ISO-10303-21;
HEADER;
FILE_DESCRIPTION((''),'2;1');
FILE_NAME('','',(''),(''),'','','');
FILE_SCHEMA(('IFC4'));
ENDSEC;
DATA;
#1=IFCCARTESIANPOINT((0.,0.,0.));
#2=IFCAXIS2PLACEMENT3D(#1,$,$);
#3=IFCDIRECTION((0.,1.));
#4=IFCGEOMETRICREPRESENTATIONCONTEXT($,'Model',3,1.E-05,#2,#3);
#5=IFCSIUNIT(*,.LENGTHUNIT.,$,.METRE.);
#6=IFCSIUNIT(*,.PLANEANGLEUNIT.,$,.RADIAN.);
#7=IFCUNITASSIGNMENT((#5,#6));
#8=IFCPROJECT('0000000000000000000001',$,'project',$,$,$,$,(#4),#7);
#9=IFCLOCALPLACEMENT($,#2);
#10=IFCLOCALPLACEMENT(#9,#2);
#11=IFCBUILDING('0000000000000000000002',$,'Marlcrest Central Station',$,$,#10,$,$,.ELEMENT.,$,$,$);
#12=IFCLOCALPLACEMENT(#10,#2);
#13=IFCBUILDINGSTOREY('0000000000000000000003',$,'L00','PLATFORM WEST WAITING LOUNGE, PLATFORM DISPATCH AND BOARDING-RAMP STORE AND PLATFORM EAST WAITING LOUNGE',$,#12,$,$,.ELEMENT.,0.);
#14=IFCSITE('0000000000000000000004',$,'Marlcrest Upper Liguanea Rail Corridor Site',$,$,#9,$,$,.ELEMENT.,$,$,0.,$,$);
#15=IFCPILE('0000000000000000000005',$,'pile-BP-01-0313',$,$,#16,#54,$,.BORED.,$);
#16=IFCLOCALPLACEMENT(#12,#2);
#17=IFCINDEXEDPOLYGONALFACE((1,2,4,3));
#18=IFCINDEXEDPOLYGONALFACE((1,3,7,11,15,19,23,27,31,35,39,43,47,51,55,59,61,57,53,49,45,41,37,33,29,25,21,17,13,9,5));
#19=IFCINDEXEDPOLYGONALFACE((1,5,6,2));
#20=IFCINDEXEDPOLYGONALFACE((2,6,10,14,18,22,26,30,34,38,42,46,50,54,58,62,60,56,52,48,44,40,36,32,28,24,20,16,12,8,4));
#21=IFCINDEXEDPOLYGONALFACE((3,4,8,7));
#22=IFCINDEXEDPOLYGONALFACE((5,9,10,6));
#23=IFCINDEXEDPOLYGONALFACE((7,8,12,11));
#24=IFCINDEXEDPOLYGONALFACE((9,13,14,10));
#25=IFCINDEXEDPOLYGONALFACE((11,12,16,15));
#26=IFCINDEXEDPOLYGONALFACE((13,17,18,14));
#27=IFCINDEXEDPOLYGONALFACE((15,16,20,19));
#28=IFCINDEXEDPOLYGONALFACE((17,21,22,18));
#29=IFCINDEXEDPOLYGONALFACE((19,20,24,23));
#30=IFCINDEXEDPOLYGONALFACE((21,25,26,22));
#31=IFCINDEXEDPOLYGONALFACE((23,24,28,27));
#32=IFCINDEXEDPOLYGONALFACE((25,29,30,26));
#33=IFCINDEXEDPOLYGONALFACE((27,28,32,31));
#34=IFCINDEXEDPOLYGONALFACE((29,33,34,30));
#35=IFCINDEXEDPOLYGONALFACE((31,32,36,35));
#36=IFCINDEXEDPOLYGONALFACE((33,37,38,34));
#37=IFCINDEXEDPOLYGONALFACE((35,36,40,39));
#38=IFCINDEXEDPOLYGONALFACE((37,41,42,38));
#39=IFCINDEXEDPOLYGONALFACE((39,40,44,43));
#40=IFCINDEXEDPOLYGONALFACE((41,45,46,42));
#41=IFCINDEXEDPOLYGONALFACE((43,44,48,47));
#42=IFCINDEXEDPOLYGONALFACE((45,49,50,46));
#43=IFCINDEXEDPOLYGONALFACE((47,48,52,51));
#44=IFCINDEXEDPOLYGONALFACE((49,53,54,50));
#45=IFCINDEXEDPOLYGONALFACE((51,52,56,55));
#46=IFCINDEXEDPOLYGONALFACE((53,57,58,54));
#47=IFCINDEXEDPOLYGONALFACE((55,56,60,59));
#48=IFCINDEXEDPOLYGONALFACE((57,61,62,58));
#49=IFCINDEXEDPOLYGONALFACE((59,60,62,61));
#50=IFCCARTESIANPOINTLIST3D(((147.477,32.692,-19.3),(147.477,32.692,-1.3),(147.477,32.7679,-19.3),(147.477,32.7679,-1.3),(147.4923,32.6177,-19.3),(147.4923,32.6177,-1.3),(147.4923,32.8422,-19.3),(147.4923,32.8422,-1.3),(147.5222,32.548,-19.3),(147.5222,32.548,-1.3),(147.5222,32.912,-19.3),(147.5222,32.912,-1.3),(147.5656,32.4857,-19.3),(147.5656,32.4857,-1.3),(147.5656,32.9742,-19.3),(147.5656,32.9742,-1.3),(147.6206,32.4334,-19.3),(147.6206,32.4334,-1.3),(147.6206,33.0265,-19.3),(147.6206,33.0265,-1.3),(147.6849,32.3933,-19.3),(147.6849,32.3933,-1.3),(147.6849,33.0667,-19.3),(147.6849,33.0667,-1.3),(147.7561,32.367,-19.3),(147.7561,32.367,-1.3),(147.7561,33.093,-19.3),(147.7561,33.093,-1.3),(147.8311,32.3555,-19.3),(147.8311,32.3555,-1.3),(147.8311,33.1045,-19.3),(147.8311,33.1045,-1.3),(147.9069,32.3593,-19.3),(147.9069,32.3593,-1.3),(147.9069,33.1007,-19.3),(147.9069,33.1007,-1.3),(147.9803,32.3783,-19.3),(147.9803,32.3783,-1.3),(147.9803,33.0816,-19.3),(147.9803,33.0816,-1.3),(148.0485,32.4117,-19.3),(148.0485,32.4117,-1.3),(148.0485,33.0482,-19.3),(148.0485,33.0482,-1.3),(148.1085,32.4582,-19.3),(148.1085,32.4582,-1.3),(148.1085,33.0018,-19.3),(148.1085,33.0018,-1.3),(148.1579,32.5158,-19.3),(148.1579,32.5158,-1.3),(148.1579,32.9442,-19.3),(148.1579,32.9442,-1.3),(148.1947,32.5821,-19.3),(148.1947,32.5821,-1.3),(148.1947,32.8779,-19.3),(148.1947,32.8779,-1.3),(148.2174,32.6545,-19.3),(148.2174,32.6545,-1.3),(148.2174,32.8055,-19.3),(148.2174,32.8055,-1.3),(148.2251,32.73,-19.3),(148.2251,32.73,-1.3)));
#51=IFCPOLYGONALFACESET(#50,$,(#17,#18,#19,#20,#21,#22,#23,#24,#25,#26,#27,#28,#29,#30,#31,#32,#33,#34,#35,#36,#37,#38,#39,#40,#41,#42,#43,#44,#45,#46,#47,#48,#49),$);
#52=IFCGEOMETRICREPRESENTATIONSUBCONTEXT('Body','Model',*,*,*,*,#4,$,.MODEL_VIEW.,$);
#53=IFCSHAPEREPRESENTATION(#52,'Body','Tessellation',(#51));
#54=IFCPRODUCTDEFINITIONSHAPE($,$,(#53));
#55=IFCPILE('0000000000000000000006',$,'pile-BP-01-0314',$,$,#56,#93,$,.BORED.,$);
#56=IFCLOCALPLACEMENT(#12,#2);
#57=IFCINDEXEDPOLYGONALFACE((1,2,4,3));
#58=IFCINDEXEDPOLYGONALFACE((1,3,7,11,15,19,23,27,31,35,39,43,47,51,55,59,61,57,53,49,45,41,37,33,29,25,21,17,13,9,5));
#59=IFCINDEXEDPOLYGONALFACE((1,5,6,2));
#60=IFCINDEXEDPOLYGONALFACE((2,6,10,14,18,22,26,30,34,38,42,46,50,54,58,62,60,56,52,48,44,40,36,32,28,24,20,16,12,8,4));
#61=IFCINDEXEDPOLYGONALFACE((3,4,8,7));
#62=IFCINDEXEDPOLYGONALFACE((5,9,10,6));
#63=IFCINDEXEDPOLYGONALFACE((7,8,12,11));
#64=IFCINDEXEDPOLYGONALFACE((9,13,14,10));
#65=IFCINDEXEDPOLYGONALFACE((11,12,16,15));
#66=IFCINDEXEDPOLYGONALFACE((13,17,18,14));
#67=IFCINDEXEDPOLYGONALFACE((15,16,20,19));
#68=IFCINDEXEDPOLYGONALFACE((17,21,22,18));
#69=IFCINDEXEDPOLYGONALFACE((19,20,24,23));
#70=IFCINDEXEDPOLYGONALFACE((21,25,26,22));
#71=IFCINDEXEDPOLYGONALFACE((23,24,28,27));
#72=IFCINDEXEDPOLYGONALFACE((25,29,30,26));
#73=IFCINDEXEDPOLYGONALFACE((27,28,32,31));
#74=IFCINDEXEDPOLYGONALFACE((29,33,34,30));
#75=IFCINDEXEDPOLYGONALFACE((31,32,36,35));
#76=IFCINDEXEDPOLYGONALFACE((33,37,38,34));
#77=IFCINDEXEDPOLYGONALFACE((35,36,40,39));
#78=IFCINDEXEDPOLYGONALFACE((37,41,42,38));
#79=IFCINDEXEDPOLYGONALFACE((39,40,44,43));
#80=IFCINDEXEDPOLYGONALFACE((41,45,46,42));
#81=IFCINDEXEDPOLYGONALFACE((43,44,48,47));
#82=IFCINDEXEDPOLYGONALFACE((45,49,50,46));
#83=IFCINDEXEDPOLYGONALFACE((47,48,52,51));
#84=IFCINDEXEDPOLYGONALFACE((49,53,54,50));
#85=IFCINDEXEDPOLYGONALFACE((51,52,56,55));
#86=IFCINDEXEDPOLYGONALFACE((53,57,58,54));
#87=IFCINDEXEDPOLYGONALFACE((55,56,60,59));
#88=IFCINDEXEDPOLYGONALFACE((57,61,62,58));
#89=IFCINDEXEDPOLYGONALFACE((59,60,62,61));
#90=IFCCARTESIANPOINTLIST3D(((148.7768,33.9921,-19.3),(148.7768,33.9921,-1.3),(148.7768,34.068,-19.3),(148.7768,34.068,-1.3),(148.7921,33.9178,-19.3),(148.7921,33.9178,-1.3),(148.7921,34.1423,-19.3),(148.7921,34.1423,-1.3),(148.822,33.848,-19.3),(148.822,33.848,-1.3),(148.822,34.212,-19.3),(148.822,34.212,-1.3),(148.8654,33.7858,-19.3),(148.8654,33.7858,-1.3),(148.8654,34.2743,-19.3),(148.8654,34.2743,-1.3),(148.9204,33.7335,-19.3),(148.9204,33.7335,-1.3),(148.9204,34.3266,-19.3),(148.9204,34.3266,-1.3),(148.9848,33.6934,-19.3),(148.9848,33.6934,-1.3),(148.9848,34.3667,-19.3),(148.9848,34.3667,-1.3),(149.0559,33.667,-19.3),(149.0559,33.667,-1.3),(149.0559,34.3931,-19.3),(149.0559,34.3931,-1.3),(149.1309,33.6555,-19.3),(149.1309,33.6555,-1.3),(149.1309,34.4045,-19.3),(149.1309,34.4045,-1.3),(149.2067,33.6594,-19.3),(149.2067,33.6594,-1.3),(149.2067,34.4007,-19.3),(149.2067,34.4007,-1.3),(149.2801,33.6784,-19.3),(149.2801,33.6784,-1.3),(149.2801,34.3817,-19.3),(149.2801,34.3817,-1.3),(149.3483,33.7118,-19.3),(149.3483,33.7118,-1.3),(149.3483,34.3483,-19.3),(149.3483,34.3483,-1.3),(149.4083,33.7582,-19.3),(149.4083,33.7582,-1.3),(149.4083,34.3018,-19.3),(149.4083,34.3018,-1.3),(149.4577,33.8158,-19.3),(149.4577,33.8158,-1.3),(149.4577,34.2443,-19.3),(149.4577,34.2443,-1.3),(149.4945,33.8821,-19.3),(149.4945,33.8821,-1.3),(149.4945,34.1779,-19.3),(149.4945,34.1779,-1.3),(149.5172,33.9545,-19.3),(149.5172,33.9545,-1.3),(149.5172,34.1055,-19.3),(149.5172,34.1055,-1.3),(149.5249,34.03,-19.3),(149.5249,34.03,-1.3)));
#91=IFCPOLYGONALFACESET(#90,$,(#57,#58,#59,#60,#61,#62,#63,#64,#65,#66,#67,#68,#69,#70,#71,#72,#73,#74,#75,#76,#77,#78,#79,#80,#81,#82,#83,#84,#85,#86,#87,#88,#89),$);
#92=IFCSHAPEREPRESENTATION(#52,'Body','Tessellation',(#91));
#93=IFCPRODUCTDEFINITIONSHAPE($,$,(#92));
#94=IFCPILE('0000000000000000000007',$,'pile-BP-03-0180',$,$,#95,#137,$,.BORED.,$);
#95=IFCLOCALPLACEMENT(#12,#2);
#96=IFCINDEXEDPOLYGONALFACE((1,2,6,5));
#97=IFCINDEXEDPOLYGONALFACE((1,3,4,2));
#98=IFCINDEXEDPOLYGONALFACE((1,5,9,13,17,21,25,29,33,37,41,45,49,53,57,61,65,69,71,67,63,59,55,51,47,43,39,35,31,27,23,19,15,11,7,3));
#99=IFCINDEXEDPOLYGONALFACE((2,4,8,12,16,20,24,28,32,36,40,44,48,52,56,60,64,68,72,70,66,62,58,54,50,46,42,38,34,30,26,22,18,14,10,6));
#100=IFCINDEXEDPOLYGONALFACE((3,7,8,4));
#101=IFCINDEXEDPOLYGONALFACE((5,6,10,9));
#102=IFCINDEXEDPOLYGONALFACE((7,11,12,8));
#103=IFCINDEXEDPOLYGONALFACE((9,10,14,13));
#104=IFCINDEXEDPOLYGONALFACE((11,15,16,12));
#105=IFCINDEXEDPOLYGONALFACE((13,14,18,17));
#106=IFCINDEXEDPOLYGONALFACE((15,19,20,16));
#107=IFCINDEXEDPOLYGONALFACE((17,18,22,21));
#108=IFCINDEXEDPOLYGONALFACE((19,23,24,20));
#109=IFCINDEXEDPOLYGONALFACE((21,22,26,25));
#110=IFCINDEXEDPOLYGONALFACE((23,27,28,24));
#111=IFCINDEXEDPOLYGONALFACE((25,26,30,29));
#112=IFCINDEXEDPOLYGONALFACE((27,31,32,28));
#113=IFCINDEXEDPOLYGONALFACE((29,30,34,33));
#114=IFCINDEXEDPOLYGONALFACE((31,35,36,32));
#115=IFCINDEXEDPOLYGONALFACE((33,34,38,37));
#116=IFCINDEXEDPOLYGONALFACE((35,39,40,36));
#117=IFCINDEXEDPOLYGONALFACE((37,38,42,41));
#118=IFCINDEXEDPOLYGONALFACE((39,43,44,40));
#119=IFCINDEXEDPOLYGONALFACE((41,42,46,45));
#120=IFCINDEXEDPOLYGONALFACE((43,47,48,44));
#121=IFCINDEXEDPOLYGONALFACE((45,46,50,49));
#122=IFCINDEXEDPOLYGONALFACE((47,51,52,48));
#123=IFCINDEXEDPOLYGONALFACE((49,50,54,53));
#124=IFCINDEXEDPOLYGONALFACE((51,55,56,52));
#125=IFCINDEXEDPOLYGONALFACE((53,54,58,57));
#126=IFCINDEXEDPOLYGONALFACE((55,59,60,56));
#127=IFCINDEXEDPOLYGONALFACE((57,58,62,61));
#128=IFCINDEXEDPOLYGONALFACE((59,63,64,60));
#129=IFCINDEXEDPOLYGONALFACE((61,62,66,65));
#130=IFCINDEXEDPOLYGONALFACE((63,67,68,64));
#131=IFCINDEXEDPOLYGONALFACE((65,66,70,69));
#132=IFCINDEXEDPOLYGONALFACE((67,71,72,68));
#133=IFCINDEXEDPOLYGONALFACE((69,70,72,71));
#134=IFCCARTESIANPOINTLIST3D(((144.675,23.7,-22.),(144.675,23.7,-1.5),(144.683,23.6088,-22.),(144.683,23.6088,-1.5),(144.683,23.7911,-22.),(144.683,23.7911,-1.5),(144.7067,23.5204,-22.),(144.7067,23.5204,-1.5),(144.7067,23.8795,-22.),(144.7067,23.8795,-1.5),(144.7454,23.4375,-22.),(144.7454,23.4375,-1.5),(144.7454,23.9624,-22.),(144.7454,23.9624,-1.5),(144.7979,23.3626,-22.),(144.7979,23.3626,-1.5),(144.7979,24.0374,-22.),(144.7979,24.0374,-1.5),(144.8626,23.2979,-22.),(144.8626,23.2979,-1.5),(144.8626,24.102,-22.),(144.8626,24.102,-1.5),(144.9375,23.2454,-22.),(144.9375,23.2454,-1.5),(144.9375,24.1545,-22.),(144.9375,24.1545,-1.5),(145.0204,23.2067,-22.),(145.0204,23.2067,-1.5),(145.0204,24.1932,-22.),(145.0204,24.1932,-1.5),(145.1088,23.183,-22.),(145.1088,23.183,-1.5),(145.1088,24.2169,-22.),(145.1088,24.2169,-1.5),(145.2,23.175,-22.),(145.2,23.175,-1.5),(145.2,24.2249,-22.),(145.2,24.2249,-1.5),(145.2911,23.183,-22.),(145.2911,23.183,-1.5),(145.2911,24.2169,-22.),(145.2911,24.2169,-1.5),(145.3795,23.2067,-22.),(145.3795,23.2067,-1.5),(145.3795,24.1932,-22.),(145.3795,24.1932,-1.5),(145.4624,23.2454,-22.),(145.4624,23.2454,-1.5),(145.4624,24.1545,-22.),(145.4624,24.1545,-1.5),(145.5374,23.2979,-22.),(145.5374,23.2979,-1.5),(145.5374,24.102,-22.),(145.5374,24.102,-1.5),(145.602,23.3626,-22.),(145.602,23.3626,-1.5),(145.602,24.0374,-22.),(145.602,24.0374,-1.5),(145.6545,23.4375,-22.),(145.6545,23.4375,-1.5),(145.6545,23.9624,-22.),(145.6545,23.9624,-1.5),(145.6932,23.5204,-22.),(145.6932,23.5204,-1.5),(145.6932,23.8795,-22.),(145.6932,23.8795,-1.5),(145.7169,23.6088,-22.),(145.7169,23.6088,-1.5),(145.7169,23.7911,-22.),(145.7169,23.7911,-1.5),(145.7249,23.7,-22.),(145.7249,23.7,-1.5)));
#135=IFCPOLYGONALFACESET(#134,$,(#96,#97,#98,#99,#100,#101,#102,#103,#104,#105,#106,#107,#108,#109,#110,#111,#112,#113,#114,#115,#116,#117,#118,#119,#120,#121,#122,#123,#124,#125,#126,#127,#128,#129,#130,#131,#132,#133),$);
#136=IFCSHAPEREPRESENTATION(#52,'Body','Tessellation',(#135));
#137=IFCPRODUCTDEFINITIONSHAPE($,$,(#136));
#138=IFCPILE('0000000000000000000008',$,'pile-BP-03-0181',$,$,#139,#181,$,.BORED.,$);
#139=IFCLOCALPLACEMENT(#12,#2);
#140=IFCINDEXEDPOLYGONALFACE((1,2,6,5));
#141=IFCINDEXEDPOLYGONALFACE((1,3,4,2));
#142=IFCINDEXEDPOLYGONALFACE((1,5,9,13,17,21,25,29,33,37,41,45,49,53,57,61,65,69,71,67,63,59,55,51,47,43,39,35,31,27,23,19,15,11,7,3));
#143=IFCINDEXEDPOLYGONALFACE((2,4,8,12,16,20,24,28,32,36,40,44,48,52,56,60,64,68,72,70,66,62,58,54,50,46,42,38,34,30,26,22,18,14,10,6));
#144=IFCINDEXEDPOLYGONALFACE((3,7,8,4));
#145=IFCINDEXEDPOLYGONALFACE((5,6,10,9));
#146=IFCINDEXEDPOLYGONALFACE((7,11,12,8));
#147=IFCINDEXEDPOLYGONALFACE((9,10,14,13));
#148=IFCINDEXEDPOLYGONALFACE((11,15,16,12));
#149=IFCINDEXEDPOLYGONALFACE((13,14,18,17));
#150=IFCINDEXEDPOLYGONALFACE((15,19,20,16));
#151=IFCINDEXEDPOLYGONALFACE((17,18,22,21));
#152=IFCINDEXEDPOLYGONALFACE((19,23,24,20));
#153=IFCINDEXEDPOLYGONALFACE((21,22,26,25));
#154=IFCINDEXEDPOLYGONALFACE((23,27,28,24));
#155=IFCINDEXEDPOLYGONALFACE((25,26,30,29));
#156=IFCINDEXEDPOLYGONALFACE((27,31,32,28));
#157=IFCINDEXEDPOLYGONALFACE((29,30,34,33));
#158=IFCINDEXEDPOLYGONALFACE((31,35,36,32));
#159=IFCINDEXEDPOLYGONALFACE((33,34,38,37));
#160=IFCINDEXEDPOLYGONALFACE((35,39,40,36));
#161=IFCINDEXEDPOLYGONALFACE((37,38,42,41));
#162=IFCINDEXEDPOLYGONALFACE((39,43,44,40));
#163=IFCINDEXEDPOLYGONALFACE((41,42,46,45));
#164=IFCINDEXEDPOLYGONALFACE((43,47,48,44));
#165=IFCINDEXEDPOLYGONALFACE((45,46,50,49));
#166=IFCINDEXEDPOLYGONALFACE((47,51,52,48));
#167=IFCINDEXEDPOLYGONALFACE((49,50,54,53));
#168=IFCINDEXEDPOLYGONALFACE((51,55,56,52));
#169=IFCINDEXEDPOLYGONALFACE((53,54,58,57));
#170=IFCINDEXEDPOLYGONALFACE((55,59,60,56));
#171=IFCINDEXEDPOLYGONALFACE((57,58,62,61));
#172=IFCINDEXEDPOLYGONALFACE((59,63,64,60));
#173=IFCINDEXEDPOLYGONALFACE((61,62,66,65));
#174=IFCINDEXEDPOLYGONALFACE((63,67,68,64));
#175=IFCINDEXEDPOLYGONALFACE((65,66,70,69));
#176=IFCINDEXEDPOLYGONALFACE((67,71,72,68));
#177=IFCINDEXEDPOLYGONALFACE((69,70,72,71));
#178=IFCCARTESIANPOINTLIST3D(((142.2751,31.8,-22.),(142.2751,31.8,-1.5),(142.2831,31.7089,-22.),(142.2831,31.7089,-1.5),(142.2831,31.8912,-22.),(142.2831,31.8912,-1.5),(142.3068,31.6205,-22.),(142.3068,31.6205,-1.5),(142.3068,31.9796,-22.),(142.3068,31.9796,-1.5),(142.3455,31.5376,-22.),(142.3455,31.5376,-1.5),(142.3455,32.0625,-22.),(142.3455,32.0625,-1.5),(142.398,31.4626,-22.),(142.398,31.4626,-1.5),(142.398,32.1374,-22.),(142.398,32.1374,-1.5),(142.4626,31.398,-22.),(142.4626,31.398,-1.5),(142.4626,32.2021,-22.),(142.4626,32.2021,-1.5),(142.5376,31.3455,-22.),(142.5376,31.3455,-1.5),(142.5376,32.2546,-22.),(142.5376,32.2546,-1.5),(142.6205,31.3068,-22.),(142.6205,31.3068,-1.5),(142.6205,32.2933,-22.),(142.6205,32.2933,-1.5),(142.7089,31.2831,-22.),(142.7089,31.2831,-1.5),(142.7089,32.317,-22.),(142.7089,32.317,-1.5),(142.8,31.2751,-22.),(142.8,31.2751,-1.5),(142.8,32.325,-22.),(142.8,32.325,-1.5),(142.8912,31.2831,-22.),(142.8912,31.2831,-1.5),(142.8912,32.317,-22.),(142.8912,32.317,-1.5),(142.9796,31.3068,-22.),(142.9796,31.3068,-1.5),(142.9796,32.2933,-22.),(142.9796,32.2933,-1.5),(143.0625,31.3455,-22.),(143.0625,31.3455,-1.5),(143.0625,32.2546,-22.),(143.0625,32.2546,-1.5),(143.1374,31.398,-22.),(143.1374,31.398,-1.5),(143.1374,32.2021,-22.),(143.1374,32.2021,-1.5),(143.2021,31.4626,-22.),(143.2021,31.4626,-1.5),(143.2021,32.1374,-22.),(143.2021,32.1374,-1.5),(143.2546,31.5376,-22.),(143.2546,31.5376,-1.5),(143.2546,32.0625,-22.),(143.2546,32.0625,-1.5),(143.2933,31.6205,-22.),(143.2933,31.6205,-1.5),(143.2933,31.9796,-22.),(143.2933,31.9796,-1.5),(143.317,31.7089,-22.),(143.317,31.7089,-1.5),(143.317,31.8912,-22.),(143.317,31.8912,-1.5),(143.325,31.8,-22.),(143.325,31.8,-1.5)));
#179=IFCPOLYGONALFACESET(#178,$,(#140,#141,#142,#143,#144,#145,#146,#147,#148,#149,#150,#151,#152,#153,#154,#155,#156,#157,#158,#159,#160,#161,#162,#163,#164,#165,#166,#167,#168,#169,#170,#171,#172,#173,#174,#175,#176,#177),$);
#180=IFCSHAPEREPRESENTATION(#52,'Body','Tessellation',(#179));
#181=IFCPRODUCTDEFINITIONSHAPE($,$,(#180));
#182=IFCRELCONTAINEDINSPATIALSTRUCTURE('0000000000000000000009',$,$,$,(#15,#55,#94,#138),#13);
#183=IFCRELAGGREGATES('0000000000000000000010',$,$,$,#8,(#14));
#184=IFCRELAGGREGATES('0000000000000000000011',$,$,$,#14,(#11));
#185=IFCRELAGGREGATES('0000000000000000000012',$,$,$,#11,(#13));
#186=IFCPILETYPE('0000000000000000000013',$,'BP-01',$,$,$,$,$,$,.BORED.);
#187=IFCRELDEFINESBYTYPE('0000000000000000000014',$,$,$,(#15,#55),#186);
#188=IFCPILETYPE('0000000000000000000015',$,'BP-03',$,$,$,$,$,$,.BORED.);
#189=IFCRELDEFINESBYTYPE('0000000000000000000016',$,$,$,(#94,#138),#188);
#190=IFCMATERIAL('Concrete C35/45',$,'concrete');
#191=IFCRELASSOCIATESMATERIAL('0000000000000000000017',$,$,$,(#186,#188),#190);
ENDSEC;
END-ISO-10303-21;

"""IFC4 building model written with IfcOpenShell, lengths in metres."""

from ifc_helpers import new_model, si_unit, direction, frame, origin, origin_2d, place, context, subcontext, project, spatial, circle, extrude, material, material_profile, profile_set, type_object, element, save


model = new_model("IFC4")

# Units and contexts
model_context = context("Model", 3, precision=1e-05, world=origin(), true_north=direction((0.0, 1.0)))
body_context = subcontext(model_context, "Body", "Model", "MODEL_VIEW")
ifc_project = project(units=[si_unit("LENGTHUNIT", "METRE"), si_unit("PLANEANGLEUNIT", "RADIAN")], contexts=[model_context])

# Site, building, storey
site_placement = place(None, origin())
site = spatial("IfcSite", under=ifc_project, at=site_placement, Name="Marlcrest Upper Liguanea Rail Corridor Site", CompositionType="ELEMENT", RefElevation=0.0)
building_placement = place(site_placement, origin())
building = spatial("IfcBuilding", under=site, at=building_placement, Name="Marlcrest Central Station", CompositionType="ELEMENT")
storey_placement = place(building_placement, origin())
storey = spatial("IfcBuildingStorey", under=building, at=storey_placement, Name="L00", Description="PLATFORM WEST WAITING LOUNGE, PLATFORM DISPATCH AND BOARDING-RAMP STORE AND PLATFORM EAST WAITING LOUNGE", CompositionType="ELEMENT", Elevation=0.0)

# Piles
ifc_material_1 = material(Name="Concrete C35/45", Category="concrete")
ifc_material_profile_1 = material_profile(ifc_material_1, circle(Radius=0.375, at=origin_2d()), Name="PILE D750")
ifc_profile_set_1 = profile_set([ifc_material_profile_1], Name="Concrete C35/45")
pile_type_1 = type_object("IfcPileType", Name="BP-01", PredefinedType="BORED", material=ifc_profile_set_1)
for number, where, z_axis, x_axis, name in (
    (1, (147.8501, 32.73, -1.3), (0.0, 0.0, -1.0), (1.0, 0.0, 0.0), "pile-BP-01-0313"),
    (2, (149.1499, 34.03, -1.3), (0.0, 0.0, -1.0), (1.0, 0.0, 0.0), "pile-BP-01-0314"),
):
    element("IfcPile", number, at=place(storey_placement, frame(where, z_axis=z_axis, x_axis=x_axis)), inside=storey, type_object=pile_type_1, Name=name, PredefinedType="BORED", context=body_context, shape_type="SweptSolid", body=[
        extrude(circle(Radius=0.375, at=origin_2d()), origin(), (0.0, 0.0, 1.0), 18.0),
    ])
ifc_material_profile_2 = material_profile(ifc_material_1, circle(Radius=0.5249, at=origin_2d()), Name="PILE D1050")
ifc_profile_set_2 = profile_set([ifc_material_profile_2], Name="Concrete C35/45")
pile_type_2 = type_object("IfcPileType", Name="BP-03", PredefinedType="BORED", material=ifc_profile_set_2)
for number, where, z_axis, x_axis, name in (
    (3, (145.2, 23.7, -1.5), (0.0, 0.0, -1.0), (1.0, 0.0, 0.0), "pile-BP-03-0180"),
    (4, (142.8, 31.8, -1.5), (0.0, 0.0, -1.0), (1.0, 0.0, 0.0), "pile-BP-03-0181"),
):
    element("IfcPile", number, at=place(storey_placement, frame(where, z_axis=z_axis, x_axis=x_axis)), inside=storey, type_object=pile_type_2, Name=name, PredefinedType="BORED", context=body_context, shape_type="SweptSolid", body=[
        extrude(circle(Radius=0.5249, at=origin_2d()), origin(), (0.0, 0.0, 1.0), 20.5),
    ])

save(model, "model.ifc")
